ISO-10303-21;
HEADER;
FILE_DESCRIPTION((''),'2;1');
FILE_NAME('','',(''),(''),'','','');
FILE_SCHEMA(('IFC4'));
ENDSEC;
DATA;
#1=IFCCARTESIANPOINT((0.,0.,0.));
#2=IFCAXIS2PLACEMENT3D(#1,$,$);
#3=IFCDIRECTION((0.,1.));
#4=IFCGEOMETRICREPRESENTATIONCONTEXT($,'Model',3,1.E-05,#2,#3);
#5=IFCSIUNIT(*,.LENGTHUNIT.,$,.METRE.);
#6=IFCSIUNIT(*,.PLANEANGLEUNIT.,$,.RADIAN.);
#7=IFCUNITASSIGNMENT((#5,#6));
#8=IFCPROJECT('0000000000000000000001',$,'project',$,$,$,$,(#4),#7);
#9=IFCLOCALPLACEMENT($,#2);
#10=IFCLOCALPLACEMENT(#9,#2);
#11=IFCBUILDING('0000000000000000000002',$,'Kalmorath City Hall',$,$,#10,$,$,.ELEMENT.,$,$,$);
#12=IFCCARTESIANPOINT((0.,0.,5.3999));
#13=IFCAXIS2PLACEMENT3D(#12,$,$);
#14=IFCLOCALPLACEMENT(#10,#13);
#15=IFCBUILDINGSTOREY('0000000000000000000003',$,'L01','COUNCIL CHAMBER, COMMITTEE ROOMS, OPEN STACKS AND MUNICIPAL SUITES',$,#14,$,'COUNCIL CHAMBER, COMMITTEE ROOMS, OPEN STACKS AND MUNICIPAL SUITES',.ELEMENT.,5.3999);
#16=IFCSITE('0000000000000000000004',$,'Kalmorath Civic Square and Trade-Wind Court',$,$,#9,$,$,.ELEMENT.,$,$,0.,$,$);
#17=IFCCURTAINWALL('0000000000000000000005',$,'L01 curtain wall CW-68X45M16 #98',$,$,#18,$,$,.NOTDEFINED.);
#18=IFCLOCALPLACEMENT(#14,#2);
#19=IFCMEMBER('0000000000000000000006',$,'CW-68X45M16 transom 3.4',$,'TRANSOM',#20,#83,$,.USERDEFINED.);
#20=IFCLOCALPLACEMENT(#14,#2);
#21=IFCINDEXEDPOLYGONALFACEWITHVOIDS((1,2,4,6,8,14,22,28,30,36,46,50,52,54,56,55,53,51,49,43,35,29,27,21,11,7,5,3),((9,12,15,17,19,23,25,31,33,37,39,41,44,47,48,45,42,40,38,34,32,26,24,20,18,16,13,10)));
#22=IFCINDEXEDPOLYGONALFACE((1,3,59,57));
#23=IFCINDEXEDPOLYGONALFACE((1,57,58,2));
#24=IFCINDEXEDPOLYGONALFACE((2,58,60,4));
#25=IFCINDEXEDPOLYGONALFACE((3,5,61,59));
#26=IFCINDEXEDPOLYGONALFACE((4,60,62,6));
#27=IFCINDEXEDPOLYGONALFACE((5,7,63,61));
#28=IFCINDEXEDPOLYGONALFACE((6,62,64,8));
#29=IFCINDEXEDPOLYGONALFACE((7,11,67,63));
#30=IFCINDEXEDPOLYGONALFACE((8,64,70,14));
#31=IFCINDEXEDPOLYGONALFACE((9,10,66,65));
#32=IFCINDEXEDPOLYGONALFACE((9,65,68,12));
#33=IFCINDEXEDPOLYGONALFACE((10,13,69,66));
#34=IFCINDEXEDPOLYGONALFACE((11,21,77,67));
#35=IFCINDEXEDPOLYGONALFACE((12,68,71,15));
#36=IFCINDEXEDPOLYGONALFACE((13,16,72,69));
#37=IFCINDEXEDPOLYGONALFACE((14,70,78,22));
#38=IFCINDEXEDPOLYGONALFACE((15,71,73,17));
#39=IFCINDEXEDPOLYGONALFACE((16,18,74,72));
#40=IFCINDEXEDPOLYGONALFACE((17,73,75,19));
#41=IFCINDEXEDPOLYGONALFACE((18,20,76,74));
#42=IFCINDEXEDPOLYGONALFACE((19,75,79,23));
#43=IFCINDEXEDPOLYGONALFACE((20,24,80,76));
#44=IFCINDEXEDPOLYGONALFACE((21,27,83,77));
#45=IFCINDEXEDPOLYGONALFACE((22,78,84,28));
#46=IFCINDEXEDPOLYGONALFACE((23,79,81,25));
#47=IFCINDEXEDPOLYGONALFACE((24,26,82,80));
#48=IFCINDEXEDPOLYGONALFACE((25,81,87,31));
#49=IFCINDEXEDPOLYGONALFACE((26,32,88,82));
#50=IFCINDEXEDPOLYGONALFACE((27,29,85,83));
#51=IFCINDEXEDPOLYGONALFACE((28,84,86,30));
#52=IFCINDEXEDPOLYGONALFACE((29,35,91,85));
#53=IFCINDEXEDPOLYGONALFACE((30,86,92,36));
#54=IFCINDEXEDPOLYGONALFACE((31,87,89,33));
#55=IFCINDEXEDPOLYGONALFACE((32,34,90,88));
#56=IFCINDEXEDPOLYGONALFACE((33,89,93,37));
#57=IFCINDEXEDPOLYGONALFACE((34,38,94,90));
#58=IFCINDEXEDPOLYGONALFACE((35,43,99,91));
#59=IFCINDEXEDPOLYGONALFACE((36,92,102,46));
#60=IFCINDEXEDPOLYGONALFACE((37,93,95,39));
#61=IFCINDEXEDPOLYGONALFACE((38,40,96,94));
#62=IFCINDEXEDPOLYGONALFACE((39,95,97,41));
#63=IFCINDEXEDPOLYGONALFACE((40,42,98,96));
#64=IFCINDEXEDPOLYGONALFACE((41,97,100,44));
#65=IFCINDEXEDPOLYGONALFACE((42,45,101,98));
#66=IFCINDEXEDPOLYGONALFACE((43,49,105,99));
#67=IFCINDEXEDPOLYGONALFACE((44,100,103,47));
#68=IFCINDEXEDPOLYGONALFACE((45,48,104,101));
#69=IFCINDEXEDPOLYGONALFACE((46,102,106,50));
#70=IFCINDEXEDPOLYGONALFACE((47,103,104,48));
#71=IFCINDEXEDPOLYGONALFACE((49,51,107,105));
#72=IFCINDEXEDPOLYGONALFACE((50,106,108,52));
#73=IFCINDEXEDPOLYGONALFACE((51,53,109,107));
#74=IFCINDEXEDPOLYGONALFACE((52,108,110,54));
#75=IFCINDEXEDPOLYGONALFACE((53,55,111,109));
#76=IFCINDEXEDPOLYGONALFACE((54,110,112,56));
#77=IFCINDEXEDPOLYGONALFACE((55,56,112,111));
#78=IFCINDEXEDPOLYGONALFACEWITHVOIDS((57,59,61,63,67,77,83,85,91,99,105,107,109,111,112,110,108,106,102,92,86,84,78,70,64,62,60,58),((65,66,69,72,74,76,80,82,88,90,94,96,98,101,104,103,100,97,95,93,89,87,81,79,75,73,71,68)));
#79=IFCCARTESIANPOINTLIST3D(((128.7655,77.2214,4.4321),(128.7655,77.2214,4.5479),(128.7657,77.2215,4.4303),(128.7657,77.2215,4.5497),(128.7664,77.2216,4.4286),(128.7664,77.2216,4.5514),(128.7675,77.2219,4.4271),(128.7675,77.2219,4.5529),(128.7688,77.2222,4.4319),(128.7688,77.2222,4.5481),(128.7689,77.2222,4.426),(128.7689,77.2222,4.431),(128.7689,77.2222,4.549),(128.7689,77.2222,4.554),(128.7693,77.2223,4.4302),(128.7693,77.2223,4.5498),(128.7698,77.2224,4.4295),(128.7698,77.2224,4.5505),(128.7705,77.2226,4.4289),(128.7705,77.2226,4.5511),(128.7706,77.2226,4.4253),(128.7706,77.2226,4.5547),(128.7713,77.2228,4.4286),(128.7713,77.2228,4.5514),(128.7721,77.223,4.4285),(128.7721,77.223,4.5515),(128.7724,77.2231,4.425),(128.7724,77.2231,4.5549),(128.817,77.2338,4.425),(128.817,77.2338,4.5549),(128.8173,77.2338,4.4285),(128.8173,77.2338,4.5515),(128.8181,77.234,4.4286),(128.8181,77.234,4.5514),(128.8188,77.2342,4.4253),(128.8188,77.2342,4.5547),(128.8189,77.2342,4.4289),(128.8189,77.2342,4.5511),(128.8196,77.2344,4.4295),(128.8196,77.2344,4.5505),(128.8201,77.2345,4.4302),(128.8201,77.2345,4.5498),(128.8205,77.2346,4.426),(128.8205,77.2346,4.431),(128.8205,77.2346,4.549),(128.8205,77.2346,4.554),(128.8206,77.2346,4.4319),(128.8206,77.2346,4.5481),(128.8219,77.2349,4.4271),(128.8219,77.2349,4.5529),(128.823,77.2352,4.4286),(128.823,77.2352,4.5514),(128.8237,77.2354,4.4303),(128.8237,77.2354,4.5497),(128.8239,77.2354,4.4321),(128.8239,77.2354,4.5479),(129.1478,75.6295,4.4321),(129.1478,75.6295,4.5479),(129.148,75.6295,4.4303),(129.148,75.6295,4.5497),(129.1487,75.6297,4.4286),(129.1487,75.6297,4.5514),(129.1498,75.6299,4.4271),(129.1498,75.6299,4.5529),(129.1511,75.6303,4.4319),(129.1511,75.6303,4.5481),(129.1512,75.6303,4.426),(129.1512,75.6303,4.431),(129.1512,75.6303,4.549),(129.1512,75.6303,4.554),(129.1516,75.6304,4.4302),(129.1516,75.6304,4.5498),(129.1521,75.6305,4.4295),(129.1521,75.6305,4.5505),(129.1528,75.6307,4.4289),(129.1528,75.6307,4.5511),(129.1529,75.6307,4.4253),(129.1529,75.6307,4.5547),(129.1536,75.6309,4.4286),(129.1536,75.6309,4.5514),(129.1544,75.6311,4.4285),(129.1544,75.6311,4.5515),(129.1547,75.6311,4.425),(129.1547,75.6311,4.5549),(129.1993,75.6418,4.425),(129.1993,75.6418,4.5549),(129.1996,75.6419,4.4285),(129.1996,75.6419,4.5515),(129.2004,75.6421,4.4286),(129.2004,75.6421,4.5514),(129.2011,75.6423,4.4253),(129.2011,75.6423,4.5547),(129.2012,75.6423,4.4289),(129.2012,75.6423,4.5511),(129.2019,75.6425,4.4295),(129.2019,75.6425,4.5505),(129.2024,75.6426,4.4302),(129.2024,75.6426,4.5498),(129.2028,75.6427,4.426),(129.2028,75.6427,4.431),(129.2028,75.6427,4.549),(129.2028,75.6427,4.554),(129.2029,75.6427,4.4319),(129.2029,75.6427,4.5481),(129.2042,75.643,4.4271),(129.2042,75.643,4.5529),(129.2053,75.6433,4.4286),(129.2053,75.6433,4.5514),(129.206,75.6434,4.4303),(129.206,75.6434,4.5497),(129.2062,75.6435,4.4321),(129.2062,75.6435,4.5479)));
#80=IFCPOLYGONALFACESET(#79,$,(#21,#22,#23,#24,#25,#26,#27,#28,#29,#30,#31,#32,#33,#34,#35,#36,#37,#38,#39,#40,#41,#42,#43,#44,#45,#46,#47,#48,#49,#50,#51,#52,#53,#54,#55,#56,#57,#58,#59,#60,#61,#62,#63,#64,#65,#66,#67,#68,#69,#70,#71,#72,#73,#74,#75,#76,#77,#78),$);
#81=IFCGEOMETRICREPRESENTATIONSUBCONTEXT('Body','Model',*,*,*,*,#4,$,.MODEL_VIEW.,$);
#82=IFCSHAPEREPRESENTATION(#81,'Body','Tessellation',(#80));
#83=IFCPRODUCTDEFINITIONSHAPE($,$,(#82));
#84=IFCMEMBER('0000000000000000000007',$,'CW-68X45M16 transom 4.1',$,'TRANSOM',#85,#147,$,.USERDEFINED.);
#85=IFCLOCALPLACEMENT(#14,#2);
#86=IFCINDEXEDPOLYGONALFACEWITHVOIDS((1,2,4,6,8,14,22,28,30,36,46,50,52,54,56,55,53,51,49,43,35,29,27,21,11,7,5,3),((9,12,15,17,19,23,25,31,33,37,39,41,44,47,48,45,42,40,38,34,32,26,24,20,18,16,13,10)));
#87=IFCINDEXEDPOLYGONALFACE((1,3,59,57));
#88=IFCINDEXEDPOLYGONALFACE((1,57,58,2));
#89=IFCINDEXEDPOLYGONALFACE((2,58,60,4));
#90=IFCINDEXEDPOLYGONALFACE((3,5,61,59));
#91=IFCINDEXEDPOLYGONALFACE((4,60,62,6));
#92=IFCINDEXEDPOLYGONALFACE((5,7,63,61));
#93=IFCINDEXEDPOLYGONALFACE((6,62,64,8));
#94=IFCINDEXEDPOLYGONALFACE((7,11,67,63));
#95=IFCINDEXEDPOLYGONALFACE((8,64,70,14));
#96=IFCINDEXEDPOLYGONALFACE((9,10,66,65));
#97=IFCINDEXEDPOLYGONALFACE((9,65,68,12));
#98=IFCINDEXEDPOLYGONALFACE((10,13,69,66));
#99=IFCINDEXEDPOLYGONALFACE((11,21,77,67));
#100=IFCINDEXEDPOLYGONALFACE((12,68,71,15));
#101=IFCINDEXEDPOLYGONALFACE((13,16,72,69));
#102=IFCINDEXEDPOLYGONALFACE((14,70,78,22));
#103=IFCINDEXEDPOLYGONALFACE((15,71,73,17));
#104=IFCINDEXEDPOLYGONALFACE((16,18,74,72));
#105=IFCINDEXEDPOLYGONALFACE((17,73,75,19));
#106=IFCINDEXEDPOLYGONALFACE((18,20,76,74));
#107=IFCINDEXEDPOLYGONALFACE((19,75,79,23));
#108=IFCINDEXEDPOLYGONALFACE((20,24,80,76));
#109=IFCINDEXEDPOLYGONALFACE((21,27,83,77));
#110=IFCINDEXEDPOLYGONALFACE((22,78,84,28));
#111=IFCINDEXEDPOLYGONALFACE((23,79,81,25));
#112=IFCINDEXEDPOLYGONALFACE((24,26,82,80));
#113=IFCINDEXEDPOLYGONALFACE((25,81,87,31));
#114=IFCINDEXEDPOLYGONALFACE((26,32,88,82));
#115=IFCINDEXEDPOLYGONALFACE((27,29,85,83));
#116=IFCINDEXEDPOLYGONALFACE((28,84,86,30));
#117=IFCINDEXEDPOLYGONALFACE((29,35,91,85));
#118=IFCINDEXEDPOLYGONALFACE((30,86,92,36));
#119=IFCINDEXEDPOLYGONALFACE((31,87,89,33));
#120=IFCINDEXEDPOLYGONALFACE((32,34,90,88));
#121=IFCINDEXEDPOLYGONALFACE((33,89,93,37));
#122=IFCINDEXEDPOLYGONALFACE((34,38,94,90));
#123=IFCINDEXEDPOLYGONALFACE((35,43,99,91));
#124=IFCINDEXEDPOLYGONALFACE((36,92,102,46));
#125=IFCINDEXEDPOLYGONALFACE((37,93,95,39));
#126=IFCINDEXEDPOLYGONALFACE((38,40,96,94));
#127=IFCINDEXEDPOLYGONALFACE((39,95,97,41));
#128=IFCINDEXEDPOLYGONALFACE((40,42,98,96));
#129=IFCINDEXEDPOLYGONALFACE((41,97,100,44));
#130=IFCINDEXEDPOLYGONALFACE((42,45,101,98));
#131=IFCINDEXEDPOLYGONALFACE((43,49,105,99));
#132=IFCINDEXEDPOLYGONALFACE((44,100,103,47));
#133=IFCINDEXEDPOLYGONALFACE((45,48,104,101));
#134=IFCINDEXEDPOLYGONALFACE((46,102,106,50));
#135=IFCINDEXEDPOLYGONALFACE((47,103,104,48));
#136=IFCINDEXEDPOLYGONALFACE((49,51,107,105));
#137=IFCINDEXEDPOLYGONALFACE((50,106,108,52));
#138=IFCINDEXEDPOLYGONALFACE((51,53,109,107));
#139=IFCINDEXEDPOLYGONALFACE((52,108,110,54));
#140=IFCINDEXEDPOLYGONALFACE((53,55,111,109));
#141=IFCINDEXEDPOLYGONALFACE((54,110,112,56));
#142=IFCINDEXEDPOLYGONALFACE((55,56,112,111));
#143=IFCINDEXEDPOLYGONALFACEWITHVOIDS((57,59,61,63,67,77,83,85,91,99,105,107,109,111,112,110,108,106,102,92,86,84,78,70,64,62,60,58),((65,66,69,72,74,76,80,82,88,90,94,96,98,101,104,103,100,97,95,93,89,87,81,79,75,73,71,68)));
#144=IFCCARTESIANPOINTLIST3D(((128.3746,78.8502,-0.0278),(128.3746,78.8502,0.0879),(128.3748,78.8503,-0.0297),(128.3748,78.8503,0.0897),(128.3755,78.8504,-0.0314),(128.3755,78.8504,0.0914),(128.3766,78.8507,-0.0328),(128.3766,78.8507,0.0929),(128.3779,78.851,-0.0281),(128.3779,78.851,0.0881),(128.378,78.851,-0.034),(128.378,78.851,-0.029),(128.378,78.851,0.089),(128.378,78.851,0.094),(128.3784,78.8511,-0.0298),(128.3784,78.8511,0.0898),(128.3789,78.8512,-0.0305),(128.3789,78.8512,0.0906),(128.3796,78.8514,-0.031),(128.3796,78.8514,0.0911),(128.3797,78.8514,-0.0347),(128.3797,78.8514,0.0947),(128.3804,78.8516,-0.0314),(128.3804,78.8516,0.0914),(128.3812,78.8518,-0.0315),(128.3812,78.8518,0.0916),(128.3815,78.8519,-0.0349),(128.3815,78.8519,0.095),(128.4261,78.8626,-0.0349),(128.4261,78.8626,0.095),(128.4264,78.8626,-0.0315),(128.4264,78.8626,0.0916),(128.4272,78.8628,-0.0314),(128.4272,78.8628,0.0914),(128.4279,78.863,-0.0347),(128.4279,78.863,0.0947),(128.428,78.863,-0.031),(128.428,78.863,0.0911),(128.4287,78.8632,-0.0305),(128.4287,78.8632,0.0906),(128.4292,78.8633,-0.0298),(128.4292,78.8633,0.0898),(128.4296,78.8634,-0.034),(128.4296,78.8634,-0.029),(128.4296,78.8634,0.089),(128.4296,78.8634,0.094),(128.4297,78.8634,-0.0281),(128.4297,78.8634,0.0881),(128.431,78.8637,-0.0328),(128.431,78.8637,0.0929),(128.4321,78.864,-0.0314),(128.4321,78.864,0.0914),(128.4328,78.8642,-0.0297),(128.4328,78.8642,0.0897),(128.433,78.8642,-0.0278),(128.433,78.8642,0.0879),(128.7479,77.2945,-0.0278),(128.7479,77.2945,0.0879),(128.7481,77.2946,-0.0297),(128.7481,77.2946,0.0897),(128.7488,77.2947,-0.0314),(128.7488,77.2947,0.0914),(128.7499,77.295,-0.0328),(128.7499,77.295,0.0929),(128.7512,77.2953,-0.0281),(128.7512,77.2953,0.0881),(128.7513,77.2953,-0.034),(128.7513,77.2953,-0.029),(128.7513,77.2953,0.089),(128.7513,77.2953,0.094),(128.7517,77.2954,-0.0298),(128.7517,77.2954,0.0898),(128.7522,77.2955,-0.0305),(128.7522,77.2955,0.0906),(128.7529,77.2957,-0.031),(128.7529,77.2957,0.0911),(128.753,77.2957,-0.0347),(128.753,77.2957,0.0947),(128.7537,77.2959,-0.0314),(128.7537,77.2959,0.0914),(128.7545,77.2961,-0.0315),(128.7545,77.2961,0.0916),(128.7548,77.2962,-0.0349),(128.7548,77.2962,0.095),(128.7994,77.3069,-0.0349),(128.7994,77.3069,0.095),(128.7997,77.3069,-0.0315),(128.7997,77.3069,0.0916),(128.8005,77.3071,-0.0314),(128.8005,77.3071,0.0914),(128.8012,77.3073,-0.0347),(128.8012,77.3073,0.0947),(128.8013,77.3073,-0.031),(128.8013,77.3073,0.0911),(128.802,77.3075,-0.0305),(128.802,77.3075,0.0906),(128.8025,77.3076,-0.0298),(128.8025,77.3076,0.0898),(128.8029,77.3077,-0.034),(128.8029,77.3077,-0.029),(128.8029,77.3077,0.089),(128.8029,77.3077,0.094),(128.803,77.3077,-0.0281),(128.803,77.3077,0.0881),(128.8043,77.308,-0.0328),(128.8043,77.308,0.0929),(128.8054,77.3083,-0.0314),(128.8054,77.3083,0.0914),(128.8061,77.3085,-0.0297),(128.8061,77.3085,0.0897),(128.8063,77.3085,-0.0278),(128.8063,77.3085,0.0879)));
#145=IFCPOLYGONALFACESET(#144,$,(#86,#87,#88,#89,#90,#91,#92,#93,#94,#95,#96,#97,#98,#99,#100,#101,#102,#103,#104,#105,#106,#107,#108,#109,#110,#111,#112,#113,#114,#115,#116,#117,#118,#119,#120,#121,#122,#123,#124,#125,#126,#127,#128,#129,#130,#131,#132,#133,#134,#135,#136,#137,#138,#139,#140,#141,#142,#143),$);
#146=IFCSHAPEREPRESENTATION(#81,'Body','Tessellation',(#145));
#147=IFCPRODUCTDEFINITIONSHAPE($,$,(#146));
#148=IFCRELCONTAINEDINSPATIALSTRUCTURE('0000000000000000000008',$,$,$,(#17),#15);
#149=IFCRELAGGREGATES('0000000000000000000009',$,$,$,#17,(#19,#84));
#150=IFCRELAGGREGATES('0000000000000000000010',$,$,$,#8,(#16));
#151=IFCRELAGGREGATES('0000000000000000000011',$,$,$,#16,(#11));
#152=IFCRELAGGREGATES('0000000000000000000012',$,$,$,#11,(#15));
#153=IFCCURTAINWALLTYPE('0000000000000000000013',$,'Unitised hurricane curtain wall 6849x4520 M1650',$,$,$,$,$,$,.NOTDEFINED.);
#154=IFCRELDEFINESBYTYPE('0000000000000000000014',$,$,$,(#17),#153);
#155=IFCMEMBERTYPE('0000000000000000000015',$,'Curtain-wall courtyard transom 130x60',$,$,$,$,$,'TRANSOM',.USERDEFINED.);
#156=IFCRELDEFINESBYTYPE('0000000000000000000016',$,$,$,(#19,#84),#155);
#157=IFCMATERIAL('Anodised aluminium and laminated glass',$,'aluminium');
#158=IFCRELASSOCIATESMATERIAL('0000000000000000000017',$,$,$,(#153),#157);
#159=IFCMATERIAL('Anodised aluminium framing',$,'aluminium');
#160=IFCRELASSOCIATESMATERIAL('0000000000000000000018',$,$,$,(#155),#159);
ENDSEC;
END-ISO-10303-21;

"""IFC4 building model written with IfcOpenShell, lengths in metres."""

from ifc_helpers import new_model, si_unit, direction, frame, origin, origin_2d, place, context, subcontext, project, spatial, hollow_rectangle, extrude, material, material_profile, profile_set, type_object, element, aggregate, save


model = new_model("IFC4")

# Units and contexts
model_context = context("Model", 3, precision=1e-05, world=origin(), true_north=direction((0.0, 1.0)))
body_context = subcontext(model_context, "Body", "Model", "MODEL_VIEW")
ifc_project = project(units=[si_unit("LENGTHUNIT", "METRE"), si_unit("PLANEANGLEUNIT", "RADIAN")], contexts=[model_context])

# Site, building, storey
site_placement = place(None, origin())
site = spatial("IfcSite", under=ifc_project, at=site_placement, Name="Kalmorath Civic Square and Trade-Wind Court", CompositionType="ELEMENT", RefElevation=0.0)
building_placement = place(site_placement, origin())
building = spatial("IfcBuilding", under=site, at=building_placement, Name="Kalmorath City Hall", CompositionType="ELEMENT")
storey_placement = place(building_placement, frame((0.0, 0.0, 5.3999)))
storey = spatial("IfcBuildingStorey", under=building, at=storey_placement, Name="L01", Description="COUNCIL CHAMBER, COMMITTEE ROOMS, OPEN STACKS AND MUNICIPAL SUITES", LongName="COUNCIL CHAMBER, COMMITTEE ROOMS, OPEN STACKS AND MUNICIPAL SUITES", CompositionType="ELEMENT", Elevation=5.3999)

# Curtain wall, members
ifc_material_1 = material(Name="Anodised aluminium and laminated glass", Category="aluminium")
curtain_wall_type = type_object("IfcCurtainWallType", Name="Unitised hurricane curtain wall 6849x4520 M1650", PredefinedType="NOTDEFINED", material=ifc_material_1)
curtain_wall_placement = place(storey_placement, origin())
curtain_wall = element("IfcCurtainWall", 1, at=curtain_wall_placement, inside=storey, type_object=curtain_wall_type, Name="L01 curtain wall CW-68X45M16 #98", PredefinedType="NOTDEFINED")
ifc_material_2 = material(Name="Anodised aluminium framing", Category="aluminium")
ifc_material_profile_1 = material_profile(ifc_material_2, hollow_rectangle(XDim=0.0601, YDim=0.1299, WallThickness=0.0034, InnerFilletRadius=0.0034, OuterFilletRadius=0.0071, at=origin_2d()), Name="ALU-TRN-130X60X3.5")
ifc_profile_set_1 = profile_set([ifc_material_profile_1], Name="Anodised aluminium framing")
member_type_1 = type_object("IfcMemberType", Name="Curtain-wall courtyard transom 130x60", ElementType="TRANSOM", PredefinedType="USERDEFINED", material=ifc_profile_set_1)
member_1_placement = place(storey_placement, frame((129.177, 75.6365, 4.49), z_axis=(-0.233508, 0.972355, 0.0), x_axis=(-0.972355, -0.233508, 0.0)))
member_1 = element("IfcMember", 2, at=member_1_placement, type_object=member_type_1, Name="CW-68X45M16 transom 3.4", ObjectType="TRANSOM", PredefinedType="USERDEFINED", context=body_context, shape_type="SweptSolid", body=[
    extrude(hollow_rectangle(XDim=0.0601, YDim=0.1299, WallThickness=0.0034, InnerFilletRadius=0.0034, OuterFilletRadius=0.0071, at=origin_2d()), origin(), (0.0, 0.0, 1.0), 1.6372),
])
member_2_placement = place(storey_placement, frame((128.7771, 77.3015, 0.03), z_axis=(-0.233333, 0.972397, 0.0), x_axis=(-0.972397, -0.233333, 0.0)))
member_2 = element("IfcMember", 3, at=member_2_placement, type_object=member_type_1, Name="CW-68X45M16 transom 4.1", ObjectType="TRANSOM", PredefinedType="USERDEFINED", context=body_context, shape_type="SweptSolid", body=[
    extrude(hollow_rectangle(XDim=0.0601, YDim=0.1299, WallThickness=0.0034, InnerFilletRadius=0.0034, OuterFilletRadius=0.0071, at=origin_2d()), origin(), (0.0, 0.0, 1.0), 1.5999),
])
aggregate(curtain_wall, [member_1, member_2])

save(model, "model.ifc")
